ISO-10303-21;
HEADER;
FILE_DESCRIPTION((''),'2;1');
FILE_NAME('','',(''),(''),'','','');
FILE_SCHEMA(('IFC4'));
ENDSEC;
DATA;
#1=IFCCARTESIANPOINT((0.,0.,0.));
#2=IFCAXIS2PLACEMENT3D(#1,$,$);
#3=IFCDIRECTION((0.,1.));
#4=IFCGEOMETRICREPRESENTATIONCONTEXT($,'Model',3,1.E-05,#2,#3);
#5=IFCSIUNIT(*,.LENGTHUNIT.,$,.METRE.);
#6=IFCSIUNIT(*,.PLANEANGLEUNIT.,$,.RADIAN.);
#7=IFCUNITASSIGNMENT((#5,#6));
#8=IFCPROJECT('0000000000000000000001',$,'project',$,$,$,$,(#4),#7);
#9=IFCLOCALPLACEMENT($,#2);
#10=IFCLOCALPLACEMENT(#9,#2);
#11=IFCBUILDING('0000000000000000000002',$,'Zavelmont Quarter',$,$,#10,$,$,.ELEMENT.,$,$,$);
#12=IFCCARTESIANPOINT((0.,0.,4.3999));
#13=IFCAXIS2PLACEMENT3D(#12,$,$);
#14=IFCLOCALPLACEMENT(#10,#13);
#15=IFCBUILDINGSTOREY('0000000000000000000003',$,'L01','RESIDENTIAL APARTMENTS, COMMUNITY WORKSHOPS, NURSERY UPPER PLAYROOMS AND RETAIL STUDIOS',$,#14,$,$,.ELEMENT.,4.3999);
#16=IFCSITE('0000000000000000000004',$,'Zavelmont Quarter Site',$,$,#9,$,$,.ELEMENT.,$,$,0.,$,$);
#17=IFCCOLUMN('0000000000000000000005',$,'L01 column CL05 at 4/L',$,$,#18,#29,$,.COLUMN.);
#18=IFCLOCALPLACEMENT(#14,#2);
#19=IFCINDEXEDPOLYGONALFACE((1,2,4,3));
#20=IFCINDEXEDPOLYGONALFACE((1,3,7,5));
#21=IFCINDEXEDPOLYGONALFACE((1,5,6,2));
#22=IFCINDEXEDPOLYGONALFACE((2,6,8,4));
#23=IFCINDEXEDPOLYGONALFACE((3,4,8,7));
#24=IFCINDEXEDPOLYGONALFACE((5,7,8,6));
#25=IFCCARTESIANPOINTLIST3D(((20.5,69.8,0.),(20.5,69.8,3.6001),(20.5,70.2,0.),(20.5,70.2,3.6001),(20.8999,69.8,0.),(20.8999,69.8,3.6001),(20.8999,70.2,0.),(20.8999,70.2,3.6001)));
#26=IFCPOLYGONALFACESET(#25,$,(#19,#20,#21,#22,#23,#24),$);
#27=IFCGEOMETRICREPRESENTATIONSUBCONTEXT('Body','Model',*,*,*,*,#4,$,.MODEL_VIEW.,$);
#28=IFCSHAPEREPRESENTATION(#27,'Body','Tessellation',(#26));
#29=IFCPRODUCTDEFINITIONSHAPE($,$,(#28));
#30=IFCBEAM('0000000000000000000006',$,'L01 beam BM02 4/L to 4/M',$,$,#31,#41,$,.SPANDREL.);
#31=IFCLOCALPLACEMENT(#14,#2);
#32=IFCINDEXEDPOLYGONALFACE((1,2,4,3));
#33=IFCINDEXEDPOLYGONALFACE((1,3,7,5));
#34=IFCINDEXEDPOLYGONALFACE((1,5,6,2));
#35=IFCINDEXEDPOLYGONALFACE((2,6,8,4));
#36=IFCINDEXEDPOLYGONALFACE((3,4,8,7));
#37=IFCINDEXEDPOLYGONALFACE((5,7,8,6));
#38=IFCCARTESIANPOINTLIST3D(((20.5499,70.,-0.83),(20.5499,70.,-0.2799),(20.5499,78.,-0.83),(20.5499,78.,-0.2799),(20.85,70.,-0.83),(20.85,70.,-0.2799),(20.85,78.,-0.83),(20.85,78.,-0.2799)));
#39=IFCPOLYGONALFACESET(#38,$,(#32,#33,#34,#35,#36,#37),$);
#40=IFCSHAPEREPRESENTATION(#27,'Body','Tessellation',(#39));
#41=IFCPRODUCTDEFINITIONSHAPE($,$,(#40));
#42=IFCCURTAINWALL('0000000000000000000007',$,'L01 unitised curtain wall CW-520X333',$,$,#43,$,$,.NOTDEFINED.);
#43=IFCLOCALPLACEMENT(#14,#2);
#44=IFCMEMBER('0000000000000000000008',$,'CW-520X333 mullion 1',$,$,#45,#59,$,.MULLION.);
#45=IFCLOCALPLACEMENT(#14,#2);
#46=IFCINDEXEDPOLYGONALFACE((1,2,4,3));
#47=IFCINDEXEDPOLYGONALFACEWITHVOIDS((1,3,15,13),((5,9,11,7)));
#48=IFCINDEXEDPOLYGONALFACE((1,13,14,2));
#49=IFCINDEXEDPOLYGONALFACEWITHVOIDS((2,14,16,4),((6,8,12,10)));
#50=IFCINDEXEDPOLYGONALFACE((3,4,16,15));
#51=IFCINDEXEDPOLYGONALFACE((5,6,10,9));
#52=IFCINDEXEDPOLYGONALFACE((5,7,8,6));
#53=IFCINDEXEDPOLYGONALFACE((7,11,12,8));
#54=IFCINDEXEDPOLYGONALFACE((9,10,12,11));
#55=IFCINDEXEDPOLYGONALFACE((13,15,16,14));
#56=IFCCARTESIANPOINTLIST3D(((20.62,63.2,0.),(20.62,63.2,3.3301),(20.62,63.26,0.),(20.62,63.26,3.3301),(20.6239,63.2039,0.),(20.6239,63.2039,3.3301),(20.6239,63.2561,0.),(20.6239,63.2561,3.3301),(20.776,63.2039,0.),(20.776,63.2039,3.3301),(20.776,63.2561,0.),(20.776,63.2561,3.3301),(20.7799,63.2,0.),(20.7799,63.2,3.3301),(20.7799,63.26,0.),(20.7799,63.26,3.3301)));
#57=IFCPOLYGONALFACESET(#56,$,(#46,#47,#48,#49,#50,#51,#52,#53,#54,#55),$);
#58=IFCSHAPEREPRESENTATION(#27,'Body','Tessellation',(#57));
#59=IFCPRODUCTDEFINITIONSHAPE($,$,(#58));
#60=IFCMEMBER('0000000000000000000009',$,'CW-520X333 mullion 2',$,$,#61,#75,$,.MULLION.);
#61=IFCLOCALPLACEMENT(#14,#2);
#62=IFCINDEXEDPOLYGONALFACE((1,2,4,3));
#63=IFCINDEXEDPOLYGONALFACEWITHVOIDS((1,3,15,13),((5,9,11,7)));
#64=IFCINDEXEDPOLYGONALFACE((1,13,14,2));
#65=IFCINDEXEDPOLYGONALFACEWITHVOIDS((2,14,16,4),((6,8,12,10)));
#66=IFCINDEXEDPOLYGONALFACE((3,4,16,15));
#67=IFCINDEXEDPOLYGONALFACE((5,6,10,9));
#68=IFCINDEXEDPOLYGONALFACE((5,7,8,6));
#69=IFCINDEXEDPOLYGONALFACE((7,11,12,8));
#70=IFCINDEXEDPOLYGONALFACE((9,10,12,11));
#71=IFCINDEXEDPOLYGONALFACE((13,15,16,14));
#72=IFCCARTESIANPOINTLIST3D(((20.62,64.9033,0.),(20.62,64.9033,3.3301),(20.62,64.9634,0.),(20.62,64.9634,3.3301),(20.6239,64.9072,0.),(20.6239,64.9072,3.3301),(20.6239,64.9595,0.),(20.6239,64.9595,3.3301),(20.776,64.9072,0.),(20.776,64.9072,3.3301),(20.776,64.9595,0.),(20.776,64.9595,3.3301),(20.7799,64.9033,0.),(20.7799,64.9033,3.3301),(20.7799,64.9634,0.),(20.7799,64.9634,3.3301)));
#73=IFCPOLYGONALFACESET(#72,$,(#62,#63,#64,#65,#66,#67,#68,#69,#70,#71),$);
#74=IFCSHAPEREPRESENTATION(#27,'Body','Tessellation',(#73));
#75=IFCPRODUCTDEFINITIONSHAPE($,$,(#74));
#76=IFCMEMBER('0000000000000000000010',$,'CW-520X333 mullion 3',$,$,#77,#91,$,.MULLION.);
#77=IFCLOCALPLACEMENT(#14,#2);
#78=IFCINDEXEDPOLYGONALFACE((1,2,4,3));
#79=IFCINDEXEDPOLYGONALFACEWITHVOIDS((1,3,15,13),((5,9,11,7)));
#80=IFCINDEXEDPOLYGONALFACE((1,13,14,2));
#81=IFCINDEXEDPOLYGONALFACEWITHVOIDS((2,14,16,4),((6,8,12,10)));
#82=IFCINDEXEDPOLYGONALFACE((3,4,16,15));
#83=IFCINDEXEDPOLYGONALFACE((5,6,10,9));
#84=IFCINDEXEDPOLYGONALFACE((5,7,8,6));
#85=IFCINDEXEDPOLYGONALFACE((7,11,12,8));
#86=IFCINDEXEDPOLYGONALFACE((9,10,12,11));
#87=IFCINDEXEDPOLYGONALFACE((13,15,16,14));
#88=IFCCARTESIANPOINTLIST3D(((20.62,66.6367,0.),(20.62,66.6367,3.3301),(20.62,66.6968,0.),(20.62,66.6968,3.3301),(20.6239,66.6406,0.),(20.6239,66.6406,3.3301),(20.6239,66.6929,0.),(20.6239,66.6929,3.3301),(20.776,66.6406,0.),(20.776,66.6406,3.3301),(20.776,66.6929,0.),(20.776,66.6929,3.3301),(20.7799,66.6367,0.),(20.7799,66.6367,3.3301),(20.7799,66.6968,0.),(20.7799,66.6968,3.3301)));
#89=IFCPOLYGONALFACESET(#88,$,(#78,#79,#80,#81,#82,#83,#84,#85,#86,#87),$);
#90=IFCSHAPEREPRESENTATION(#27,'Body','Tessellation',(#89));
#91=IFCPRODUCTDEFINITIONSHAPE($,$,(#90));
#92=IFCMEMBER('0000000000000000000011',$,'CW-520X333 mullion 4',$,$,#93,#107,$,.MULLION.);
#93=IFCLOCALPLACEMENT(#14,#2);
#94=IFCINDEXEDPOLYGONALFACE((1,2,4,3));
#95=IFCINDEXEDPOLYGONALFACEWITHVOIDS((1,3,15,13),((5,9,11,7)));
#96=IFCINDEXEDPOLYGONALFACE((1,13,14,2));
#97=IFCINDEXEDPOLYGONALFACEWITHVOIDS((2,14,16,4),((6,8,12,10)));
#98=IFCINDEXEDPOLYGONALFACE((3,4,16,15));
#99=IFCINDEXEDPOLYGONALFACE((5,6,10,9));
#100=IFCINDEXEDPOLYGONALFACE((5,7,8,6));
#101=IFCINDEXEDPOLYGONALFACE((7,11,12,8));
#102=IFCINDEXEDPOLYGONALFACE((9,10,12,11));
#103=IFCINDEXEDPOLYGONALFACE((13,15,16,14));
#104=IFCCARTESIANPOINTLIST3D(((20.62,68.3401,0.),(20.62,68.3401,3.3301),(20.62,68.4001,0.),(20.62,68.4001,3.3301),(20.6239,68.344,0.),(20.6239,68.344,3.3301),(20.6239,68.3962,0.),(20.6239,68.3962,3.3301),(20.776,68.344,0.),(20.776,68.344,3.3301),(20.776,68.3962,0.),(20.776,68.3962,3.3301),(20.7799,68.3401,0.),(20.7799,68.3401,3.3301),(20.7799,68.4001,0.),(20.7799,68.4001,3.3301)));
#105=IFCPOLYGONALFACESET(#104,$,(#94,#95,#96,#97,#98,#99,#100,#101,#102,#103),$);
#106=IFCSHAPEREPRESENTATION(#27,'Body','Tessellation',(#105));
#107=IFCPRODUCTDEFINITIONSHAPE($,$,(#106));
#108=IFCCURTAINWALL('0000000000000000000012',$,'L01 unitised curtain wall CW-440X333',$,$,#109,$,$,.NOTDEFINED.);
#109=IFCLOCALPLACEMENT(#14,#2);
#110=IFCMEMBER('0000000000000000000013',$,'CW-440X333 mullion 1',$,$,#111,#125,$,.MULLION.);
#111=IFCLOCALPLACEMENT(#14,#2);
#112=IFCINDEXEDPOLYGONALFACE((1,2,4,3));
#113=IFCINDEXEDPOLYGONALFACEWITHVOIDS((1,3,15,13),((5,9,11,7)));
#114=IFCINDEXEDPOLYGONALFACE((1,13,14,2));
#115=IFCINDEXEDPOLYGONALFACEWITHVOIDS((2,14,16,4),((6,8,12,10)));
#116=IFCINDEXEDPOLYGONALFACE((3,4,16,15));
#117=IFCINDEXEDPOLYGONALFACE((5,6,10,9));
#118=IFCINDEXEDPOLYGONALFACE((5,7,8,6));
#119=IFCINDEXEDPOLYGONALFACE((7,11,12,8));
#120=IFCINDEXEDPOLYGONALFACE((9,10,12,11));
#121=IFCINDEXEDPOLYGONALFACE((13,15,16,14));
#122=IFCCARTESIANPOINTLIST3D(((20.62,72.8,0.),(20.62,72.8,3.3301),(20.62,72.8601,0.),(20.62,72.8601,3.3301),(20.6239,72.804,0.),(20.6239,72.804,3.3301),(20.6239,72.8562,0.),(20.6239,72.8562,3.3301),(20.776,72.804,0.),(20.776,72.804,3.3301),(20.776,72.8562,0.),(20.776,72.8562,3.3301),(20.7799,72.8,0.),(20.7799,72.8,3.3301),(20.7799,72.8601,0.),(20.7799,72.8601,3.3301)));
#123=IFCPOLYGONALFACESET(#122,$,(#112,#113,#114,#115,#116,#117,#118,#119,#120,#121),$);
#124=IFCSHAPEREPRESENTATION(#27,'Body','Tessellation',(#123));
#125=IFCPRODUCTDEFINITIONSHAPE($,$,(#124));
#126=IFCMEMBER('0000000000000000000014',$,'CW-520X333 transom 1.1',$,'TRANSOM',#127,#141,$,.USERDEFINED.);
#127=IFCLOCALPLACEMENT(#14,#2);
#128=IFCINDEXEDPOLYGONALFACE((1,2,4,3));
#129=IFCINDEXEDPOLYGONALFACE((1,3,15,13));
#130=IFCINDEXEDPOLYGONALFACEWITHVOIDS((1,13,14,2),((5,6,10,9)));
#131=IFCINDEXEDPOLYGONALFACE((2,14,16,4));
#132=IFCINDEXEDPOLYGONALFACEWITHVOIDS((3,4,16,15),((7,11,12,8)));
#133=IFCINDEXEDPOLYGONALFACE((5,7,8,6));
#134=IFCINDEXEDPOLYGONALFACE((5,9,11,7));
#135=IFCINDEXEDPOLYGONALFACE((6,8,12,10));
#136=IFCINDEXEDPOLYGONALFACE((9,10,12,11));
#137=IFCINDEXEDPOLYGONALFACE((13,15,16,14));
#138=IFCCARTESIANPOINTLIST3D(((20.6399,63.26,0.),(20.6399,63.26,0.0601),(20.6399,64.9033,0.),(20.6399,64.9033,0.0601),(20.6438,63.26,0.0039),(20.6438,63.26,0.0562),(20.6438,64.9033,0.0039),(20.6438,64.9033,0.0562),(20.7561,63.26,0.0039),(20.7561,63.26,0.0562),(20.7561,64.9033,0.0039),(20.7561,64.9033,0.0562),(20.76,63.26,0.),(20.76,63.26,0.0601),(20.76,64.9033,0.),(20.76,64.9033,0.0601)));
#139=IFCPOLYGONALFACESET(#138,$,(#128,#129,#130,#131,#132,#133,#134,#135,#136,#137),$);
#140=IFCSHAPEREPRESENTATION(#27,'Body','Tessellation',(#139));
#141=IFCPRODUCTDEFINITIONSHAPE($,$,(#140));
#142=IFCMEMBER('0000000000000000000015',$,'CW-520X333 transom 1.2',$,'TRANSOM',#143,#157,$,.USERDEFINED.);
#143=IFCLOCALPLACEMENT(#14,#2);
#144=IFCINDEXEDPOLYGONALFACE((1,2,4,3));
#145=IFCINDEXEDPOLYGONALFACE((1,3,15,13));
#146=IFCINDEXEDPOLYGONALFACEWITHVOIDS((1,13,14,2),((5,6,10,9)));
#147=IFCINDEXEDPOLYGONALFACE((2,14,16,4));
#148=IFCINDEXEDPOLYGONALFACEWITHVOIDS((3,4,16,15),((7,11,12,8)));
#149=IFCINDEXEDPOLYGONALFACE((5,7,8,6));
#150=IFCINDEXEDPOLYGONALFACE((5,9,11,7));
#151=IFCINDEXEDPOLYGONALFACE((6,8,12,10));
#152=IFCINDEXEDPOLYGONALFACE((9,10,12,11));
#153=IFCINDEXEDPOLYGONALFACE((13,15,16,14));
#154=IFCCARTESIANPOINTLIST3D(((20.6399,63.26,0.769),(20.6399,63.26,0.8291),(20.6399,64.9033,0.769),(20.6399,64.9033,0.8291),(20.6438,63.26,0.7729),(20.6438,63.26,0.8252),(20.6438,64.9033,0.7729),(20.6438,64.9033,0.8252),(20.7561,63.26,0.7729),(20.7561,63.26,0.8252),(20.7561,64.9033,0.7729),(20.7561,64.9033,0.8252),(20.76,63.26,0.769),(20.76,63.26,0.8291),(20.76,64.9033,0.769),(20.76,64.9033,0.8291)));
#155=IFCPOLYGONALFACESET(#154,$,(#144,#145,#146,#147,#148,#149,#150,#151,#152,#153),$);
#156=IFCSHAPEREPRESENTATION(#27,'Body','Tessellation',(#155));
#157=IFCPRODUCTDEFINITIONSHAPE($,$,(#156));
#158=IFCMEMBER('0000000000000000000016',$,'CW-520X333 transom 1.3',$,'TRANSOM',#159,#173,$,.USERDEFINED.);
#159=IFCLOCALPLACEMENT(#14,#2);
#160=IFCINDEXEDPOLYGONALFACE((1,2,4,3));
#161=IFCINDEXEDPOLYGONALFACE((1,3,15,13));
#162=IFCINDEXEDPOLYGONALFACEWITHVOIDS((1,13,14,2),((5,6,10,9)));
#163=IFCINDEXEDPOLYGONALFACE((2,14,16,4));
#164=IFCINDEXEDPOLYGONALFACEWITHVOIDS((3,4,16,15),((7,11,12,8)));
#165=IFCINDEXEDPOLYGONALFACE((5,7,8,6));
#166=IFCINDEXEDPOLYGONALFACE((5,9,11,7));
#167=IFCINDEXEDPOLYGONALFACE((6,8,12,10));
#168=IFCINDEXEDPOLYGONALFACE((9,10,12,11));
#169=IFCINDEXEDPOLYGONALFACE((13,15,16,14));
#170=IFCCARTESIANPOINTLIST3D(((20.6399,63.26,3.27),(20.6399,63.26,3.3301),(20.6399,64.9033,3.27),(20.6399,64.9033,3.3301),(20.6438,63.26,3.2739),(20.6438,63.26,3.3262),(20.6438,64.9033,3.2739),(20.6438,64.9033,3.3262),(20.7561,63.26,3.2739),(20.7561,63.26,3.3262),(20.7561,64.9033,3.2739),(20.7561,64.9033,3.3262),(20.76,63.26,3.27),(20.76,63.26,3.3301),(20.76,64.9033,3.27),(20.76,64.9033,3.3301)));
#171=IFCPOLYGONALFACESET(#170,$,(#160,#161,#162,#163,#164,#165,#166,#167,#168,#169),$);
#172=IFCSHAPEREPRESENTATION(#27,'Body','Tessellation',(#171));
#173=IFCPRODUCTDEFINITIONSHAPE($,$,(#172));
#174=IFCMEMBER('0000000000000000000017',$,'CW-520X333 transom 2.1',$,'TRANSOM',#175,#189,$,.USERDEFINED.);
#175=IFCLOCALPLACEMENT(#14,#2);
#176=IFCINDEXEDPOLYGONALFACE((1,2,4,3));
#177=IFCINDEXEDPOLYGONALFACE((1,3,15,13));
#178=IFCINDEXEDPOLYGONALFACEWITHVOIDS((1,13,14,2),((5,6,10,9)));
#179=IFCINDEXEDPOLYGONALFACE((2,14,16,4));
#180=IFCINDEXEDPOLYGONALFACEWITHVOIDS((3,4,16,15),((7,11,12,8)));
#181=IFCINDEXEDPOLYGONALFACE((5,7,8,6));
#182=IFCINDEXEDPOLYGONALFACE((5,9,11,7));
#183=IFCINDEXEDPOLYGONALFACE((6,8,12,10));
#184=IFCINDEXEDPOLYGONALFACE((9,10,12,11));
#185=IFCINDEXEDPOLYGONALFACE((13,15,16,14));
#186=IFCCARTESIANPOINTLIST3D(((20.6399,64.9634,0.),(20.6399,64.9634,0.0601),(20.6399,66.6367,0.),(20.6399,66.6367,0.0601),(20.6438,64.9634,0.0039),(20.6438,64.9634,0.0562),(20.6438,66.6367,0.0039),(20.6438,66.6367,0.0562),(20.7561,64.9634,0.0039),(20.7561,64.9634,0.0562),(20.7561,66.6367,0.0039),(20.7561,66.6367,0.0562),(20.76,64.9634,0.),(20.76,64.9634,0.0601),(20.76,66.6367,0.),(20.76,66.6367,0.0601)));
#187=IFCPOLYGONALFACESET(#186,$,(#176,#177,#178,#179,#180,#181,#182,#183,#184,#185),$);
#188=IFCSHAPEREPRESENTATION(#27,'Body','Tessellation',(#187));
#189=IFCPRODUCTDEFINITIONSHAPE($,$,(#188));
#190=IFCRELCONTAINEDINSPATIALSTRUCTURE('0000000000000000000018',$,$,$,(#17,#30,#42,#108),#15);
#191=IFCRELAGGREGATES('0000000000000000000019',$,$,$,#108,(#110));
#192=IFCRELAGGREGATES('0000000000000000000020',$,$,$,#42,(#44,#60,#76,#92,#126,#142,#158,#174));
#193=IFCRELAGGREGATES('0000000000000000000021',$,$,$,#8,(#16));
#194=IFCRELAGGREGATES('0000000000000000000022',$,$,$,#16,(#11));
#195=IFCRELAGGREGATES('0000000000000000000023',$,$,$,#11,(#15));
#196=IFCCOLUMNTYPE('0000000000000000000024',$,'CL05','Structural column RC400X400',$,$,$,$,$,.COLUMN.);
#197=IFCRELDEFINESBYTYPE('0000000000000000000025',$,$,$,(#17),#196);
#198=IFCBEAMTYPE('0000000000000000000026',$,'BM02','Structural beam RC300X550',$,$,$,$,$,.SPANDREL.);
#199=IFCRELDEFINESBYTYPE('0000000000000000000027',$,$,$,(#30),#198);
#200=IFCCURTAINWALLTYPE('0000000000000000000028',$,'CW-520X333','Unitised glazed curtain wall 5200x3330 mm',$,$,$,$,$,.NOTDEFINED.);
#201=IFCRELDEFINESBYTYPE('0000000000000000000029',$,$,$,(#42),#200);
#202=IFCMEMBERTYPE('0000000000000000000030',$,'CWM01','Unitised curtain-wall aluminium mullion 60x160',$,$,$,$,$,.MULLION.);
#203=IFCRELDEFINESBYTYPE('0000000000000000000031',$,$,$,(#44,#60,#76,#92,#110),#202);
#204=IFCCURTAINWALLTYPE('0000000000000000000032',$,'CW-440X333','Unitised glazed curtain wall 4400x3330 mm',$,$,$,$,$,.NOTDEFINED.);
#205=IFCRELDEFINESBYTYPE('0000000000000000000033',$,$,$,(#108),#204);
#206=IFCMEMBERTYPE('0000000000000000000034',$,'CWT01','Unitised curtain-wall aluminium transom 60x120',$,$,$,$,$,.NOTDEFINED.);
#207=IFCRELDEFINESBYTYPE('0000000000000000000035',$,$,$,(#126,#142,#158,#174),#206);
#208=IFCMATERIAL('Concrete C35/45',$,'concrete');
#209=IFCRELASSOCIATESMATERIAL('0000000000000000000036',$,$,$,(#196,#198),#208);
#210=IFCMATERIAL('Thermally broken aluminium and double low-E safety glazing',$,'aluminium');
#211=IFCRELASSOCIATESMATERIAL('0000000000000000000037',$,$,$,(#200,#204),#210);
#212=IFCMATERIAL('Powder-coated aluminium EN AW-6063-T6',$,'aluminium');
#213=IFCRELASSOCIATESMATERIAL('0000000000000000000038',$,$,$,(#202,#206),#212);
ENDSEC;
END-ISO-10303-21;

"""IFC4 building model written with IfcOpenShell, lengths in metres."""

from ifc_helpers import new_model, si_unit, direction, frame, origin, origin_2d, place, context, subcontext, project, spatial, rectangle, hollow_rectangle, extrude, material, material_profile, profile_set, type_object, element, aggregate, save


model = new_model("IFC4")

# Units and contexts
model_context = context("Model", 3, precision=1e-05, world=origin(), true_north=direction((0.0, 1.0)))
body_context = subcontext(model_context, "Body", "Model", "MODEL_VIEW")
ifc_project = project(units=[si_unit("LENGTHUNIT", "METRE"), si_unit("PLANEANGLEUNIT", "RADIAN")], contexts=[model_context])

# Site, building, storey
site_placement = place(None, origin())
site = spatial("IfcSite", under=ifc_project, at=site_placement, Name="Zavelmont Quarter Site", CompositionType="ELEMENT", RefElevation=0.0)
building_placement = place(site_placement, origin())
building = spatial("IfcBuilding", under=site, at=building_placement, Name="Zavelmont Quarter", CompositionType="ELEMENT")
storey_placement = place(building_placement, frame((0.0, 0.0, 4.3999)))
storey = spatial("IfcBuildingStorey", under=building, at=storey_placement, Name="L01", Description="RESIDENTIAL APARTMENTS, COMMUNITY WORKSHOPS, NURSERY UPPER PLAYROOMS AND RETAIL STUDIOS", CompositionType="ELEMENT", Elevation=4.3999)

# Column
ifc_material_1 = material(Name="Concrete C35/45", Category="concrete")
ifc_material_profile_1 = material_profile(ifc_material_1, rectangle(XDim=0.3999, YDim=0.3999, at=origin_2d()), Name="RC400X400")
ifc_profile_set_1 = profile_set([ifc_material_profile_1], Name="Concrete C35/45")
column_type = type_object("IfcColumnType", Name="CL05", Description="Structural column RC400X400", PredefinedType="COLUMN", material=ifc_profile_set_1)
column_placement = place(storey_placement, frame((20.7, 70.0, 0.0), z_axis=(0.0, 0.0, 1.0), x_axis=(1.0, 0.0, 0.0)))
element("IfcColumn", 1, at=column_placement, inside=storey, type_object=column_type, Name="L01 column CL05 at 4/L", PredefinedType="COLUMN", context=body_context, shape_type="SweptSolid", body=[
    extrude(rectangle(XDim=0.3999, YDim=0.3999, at=origin_2d()), origin(), (0.0, 0.0, 1.0), 3.6001),
])

# Beam
ifc_material_profile_2 = material_profile(ifc_material_1, rectangle(XDim=0.3, YDim=0.55, at=origin_2d()), Name="RC300X550")
ifc_profile_set_2 = profile_set([ifc_material_profile_2], Name="Concrete C35/45")
beam_type = type_object("IfcBeamType", Name="BM02", Description="Structural beam RC300X550", PredefinedType="SPANDREL", material=ifc_profile_set_2)
beam_placement = place(storey_placement, frame((20.7, 70.0, -0.5549), z_axis=(0.0, 1.0, 0.0), x_axis=(-1.0, 0.0, 0.0)))
element("IfcBeam", 2, at=beam_placement, inside=storey, type_object=beam_type, Name="L01 beam BM02 4/L to 4/M", PredefinedType="SPANDREL", context=body_context, shape_type="SweptSolid", body=[
    extrude(rectangle(XDim=0.3, YDim=0.55, at=origin_2d()), origin(), (0.0, 0.0, 1.0), 8.0),
])

# Curtain wall, members
ifc_material_2 = material(Name="Thermally broken aluminium and double low-E safety glazing", Category="aluminium")
curtain_wall_type_1 = type_object("IfcCurtainWallType", Name="CW-520X333", Description="Unitised glazed curtain wall 5200x3330 mm", PredefinedType="NOTDEFINED", material=ifc_material_2)
curtain_wall_1_placement = place(storey_placement, origin())
curtain_wall_1 = element("IfcCurtainWall", 3, at=curtain_wall_1_placement, inside=storey, type_object=curtain_wall_type_1, Name="L01 unitised curtain wall CW-520X333", PredefinedType="NOTDEFINED")
ifc_material_3 = material(Name="Powder-coated aluminium EN AW-6063-T6", Category="aluminium")
ifc_material_profile_3 = material_profile(ifc_material_3, hollow_rectangle(XDim=0.0601, YDim=0.1599, WallThickness=0.0039, at=origin_2d()), Name="CWM60X160")
ifc_profile_set_3 = profile_set([ifc_material_profile_3], Name="Powder-coated aluminium EN AW-6063-T6")
member_type_1 = type_object("IfcMemberType", Name="CWM01", Description="Unitised curtain-wall aluminium mullion 60x160", PredefinedType="MULLION", material=ifc_profile_set_3)
member_1_placement = place(storey_placement, frame((20.7, 63.23, 0.0), z_axis=(0.0, 0.0, 1.0), x_axis=(0.0, 1.0, 0.0)))
member_1 = element("IfcMember", 4, at=member_1_placement, type_object=member_type_1, Name="CW-520X333 mullion 1", PredefinedType="MULLION", context=body_context, shape_type="SweptSolid", body=[
    extrude(hollow_rectangle(XDim=0.0601, YDim=0.1599, WallThickness=0.0039, at=origin_2d()), origin(), (0.0, 0.0, 1.0), 3.3301),
])
member_2_placement = place(storey_placement, frame((20.7, 64.9333, 0.0), z_axis=(0.0, 0.0, 1.0), x_axis=(0.0, 1.0, 0.0)))
member_2 = element("IfcMember", 5, at=member_2_placement, type_object=member_type_1, Name="CW-520X333 mullion 2", PredefinedType="MULLION", context=body_context, shape_type="SweptSolid", body=[
    extrude(hollow_rectangle(XDim=0.0601, YDim=0.1599, WallThickness=0.0039, at=origin_2d()), origin(), (0.0, 0.0, 1.0), 3.3301),
])
member_3_placement = place(storey_placement, frame((20.7, 66.6667, 0.0), z_axis=(0.0, 0.0, 1.0), x_axis=(0.0, 1.0, 0.0)))
member_3 = element("IfcMember", 6, at=member_3_placement, type_object=member_type_1, Name="CW-520X333 mullion 3", PredefinedType="MULLION", context=body_context, shape_type="SweptSolid", body=[
    extrude(hollow_rectangle(XDim=0.0601, YDim=0.1599, WallThickness=0.0039, at=origin_2d()), origin(), (0.0, 0.0, 1.0), 3.3301),
])
member_4_placement = place(storey_placement, frame((20.7, 68.3701, 0.0), z_axis=(0.0, 0.0, 1.0), x_axis=(0.0, 1.0, 0.0)))
member_4 = element("IfcMember", 7, at=member_4_placement, type_object=member_type_1, Name="CW-520X333 mullion 4", PredefinedType="MULLION", context=body_context, shape_type="SweptSolid", body=[
    extrude(hollow_rectangle(XDim=0.0601, YDim=0.1599, WallThickness=0.0039, at=origin_2d()), origin(), (0.0, 0.0, 1.0), 3.3301),
])

# Curtain wall, member
curtain_wall_type_2 = type_object("IfcCurtainWallType", Name="CW-440X333", Description="Unitised glazed curtain wall 4400x3330 mm", PredefinedType="NOTDEFINED", material=ifc_material_2)
curtain_wall_2_placement = place(storey_placement, origin())
curtain_wall_2 = element("IfcCurtainWall", 8, at=curtain_wall_2_placement, inside=storey, type_object=curtain_wall_type_2, Name="L01 unitised curtain wall CW-440X333", PredefinedType="NOTDEFINED")
member_5_placement = place(storey_placement, frame((20.7, 72.8301, 0.0), z_axis=(0.0, 0.0, 1.0), x_axis=(0.0, 1.0, 0.0)))
member_5 = element("IfcMember", 9, at=member_5_placement, type_object=member_type_1, Name="CW-440X333 mullion 1", PredefinedType="MULLION", context=body_context, shape_type="SweptSolid", body=[
    extrude(hollow_rectangle(XDim=0.0601, YDim=0.1599, WallThickness=0.0039, at=origin_2d()), origin(), (0.0, 0.0, 1.0), 3.3301),
])

# Members
ifc_material_profile_4 = material_profile(ifc_material_3, hollow_rectangle(XDim=0.1201, YDim=0.0601, WallThickness=0.0039, at=origin_2d()), Name="CWT60X120")
ifc_profile_set_4 = profile_set([ifc_material_profile_4], Name="Powder-coated aluminium EN AW-6063-T6")
member_type_2 = type_object("IfcMemberType", Name="CWT01", Description="Unitised curtain-wall aluminium transom 60x120", PredefinedType="NOTDEFINED", material=ifc_profile_set_4)
member_6_placement = place(storey_placement, frame((20.7, 63.26, 0.03), z_axis=(0.0, 1.0, 0.0), x_axis=(-1.0, 0.0, 0.0)))
member_6 = element("IfcMember", 10, at=member_6_placement, type_object=member_type_2, Name="CW-520X333 transom 1.1", ObjectType="TRANSOM", PredefinedType="USERDEFINED", context=body_context, shape_type="SweptSolid", body=[
    extrude(hollow_rectangle(XDim=0.1201, YDim=0.0601, WallThickness=0.0039, at=origin_2d()), origin(), (0.0, 0.0, 1.0), 1.6433),
])
member_7_placement = place(storey_placement, frame((20.7, 63.26, 0.7991), z_axis=(0.0, 1.0, 0.0), x_axis=(-1.0, 0.0, 0.0)))
member_7 = element("IfcMember", 11, at=member_7_placement, type_object=member_type_2, Name="CW-520X333 transom 1.2", ObjectType="TRANSOM", PredefinedType="USERDEFINED", context=body_context, shape_type="SweptSolid", body=[
    extrude(hollow_rectangle(XDim=0.1201, YDim=0.0601, WallThickness=0.0039, at=origin_2d()), origin(), (0.0, 0.0, 1.0), 1.6433),
])
member_8_placement = place(storey_placement, frame((20.7, 63.26, 3.3), z_axis=(0.0, 1.0, 0.0), x_axis=(-1.0, 0.0, 0.0)))
member_8 = element("IfcMember", 12, at=member_8_placement, type_object=member_type_2, Name="CW-520X333 transom 1.3", ObjectType="TRANSOM", PredefinedType="USERDEFINED", context=body_context, shape_type="SweptSolid", body=[
    extrude(hollow_rectangle(XDim=0.1201, YDim=0.0601, WallThickness=0.0039, at=origin_2d()), origin(), (0.0, 0.0, 1.0), 1.6433),
])
member_9_placement = place(storey_placement, frame((20.7, 64.9634, 0.03), z_axis=(0.0, 1.0, 0.0), x_axis=(-1.0, 0.0, 0.0)))
member_9 = element("IfcMember", 13, at=member_9_placement, type_object=member_type_2, Name="CW-520X333 transom 2.1", ObjectType="TRANSOM", PredefinedType="USERDEFINED", context=body_context, shape_type="SweptSolid", body=[
    extrude(hollow_rectangle(XDim=0.1201, YDim=0.0601, WallThickness=0.0039, at=origin_2d()), origin(), (0.0, 0.0, 1.0), 1.6733),
])
aggregate(curtain_wall_2, [member_5])

aggregate(curtain_wall_1, [member_1, member_2, member_3, member_4, member_6, member_7, member_8, member_9])

save(model, "model.ifc")
